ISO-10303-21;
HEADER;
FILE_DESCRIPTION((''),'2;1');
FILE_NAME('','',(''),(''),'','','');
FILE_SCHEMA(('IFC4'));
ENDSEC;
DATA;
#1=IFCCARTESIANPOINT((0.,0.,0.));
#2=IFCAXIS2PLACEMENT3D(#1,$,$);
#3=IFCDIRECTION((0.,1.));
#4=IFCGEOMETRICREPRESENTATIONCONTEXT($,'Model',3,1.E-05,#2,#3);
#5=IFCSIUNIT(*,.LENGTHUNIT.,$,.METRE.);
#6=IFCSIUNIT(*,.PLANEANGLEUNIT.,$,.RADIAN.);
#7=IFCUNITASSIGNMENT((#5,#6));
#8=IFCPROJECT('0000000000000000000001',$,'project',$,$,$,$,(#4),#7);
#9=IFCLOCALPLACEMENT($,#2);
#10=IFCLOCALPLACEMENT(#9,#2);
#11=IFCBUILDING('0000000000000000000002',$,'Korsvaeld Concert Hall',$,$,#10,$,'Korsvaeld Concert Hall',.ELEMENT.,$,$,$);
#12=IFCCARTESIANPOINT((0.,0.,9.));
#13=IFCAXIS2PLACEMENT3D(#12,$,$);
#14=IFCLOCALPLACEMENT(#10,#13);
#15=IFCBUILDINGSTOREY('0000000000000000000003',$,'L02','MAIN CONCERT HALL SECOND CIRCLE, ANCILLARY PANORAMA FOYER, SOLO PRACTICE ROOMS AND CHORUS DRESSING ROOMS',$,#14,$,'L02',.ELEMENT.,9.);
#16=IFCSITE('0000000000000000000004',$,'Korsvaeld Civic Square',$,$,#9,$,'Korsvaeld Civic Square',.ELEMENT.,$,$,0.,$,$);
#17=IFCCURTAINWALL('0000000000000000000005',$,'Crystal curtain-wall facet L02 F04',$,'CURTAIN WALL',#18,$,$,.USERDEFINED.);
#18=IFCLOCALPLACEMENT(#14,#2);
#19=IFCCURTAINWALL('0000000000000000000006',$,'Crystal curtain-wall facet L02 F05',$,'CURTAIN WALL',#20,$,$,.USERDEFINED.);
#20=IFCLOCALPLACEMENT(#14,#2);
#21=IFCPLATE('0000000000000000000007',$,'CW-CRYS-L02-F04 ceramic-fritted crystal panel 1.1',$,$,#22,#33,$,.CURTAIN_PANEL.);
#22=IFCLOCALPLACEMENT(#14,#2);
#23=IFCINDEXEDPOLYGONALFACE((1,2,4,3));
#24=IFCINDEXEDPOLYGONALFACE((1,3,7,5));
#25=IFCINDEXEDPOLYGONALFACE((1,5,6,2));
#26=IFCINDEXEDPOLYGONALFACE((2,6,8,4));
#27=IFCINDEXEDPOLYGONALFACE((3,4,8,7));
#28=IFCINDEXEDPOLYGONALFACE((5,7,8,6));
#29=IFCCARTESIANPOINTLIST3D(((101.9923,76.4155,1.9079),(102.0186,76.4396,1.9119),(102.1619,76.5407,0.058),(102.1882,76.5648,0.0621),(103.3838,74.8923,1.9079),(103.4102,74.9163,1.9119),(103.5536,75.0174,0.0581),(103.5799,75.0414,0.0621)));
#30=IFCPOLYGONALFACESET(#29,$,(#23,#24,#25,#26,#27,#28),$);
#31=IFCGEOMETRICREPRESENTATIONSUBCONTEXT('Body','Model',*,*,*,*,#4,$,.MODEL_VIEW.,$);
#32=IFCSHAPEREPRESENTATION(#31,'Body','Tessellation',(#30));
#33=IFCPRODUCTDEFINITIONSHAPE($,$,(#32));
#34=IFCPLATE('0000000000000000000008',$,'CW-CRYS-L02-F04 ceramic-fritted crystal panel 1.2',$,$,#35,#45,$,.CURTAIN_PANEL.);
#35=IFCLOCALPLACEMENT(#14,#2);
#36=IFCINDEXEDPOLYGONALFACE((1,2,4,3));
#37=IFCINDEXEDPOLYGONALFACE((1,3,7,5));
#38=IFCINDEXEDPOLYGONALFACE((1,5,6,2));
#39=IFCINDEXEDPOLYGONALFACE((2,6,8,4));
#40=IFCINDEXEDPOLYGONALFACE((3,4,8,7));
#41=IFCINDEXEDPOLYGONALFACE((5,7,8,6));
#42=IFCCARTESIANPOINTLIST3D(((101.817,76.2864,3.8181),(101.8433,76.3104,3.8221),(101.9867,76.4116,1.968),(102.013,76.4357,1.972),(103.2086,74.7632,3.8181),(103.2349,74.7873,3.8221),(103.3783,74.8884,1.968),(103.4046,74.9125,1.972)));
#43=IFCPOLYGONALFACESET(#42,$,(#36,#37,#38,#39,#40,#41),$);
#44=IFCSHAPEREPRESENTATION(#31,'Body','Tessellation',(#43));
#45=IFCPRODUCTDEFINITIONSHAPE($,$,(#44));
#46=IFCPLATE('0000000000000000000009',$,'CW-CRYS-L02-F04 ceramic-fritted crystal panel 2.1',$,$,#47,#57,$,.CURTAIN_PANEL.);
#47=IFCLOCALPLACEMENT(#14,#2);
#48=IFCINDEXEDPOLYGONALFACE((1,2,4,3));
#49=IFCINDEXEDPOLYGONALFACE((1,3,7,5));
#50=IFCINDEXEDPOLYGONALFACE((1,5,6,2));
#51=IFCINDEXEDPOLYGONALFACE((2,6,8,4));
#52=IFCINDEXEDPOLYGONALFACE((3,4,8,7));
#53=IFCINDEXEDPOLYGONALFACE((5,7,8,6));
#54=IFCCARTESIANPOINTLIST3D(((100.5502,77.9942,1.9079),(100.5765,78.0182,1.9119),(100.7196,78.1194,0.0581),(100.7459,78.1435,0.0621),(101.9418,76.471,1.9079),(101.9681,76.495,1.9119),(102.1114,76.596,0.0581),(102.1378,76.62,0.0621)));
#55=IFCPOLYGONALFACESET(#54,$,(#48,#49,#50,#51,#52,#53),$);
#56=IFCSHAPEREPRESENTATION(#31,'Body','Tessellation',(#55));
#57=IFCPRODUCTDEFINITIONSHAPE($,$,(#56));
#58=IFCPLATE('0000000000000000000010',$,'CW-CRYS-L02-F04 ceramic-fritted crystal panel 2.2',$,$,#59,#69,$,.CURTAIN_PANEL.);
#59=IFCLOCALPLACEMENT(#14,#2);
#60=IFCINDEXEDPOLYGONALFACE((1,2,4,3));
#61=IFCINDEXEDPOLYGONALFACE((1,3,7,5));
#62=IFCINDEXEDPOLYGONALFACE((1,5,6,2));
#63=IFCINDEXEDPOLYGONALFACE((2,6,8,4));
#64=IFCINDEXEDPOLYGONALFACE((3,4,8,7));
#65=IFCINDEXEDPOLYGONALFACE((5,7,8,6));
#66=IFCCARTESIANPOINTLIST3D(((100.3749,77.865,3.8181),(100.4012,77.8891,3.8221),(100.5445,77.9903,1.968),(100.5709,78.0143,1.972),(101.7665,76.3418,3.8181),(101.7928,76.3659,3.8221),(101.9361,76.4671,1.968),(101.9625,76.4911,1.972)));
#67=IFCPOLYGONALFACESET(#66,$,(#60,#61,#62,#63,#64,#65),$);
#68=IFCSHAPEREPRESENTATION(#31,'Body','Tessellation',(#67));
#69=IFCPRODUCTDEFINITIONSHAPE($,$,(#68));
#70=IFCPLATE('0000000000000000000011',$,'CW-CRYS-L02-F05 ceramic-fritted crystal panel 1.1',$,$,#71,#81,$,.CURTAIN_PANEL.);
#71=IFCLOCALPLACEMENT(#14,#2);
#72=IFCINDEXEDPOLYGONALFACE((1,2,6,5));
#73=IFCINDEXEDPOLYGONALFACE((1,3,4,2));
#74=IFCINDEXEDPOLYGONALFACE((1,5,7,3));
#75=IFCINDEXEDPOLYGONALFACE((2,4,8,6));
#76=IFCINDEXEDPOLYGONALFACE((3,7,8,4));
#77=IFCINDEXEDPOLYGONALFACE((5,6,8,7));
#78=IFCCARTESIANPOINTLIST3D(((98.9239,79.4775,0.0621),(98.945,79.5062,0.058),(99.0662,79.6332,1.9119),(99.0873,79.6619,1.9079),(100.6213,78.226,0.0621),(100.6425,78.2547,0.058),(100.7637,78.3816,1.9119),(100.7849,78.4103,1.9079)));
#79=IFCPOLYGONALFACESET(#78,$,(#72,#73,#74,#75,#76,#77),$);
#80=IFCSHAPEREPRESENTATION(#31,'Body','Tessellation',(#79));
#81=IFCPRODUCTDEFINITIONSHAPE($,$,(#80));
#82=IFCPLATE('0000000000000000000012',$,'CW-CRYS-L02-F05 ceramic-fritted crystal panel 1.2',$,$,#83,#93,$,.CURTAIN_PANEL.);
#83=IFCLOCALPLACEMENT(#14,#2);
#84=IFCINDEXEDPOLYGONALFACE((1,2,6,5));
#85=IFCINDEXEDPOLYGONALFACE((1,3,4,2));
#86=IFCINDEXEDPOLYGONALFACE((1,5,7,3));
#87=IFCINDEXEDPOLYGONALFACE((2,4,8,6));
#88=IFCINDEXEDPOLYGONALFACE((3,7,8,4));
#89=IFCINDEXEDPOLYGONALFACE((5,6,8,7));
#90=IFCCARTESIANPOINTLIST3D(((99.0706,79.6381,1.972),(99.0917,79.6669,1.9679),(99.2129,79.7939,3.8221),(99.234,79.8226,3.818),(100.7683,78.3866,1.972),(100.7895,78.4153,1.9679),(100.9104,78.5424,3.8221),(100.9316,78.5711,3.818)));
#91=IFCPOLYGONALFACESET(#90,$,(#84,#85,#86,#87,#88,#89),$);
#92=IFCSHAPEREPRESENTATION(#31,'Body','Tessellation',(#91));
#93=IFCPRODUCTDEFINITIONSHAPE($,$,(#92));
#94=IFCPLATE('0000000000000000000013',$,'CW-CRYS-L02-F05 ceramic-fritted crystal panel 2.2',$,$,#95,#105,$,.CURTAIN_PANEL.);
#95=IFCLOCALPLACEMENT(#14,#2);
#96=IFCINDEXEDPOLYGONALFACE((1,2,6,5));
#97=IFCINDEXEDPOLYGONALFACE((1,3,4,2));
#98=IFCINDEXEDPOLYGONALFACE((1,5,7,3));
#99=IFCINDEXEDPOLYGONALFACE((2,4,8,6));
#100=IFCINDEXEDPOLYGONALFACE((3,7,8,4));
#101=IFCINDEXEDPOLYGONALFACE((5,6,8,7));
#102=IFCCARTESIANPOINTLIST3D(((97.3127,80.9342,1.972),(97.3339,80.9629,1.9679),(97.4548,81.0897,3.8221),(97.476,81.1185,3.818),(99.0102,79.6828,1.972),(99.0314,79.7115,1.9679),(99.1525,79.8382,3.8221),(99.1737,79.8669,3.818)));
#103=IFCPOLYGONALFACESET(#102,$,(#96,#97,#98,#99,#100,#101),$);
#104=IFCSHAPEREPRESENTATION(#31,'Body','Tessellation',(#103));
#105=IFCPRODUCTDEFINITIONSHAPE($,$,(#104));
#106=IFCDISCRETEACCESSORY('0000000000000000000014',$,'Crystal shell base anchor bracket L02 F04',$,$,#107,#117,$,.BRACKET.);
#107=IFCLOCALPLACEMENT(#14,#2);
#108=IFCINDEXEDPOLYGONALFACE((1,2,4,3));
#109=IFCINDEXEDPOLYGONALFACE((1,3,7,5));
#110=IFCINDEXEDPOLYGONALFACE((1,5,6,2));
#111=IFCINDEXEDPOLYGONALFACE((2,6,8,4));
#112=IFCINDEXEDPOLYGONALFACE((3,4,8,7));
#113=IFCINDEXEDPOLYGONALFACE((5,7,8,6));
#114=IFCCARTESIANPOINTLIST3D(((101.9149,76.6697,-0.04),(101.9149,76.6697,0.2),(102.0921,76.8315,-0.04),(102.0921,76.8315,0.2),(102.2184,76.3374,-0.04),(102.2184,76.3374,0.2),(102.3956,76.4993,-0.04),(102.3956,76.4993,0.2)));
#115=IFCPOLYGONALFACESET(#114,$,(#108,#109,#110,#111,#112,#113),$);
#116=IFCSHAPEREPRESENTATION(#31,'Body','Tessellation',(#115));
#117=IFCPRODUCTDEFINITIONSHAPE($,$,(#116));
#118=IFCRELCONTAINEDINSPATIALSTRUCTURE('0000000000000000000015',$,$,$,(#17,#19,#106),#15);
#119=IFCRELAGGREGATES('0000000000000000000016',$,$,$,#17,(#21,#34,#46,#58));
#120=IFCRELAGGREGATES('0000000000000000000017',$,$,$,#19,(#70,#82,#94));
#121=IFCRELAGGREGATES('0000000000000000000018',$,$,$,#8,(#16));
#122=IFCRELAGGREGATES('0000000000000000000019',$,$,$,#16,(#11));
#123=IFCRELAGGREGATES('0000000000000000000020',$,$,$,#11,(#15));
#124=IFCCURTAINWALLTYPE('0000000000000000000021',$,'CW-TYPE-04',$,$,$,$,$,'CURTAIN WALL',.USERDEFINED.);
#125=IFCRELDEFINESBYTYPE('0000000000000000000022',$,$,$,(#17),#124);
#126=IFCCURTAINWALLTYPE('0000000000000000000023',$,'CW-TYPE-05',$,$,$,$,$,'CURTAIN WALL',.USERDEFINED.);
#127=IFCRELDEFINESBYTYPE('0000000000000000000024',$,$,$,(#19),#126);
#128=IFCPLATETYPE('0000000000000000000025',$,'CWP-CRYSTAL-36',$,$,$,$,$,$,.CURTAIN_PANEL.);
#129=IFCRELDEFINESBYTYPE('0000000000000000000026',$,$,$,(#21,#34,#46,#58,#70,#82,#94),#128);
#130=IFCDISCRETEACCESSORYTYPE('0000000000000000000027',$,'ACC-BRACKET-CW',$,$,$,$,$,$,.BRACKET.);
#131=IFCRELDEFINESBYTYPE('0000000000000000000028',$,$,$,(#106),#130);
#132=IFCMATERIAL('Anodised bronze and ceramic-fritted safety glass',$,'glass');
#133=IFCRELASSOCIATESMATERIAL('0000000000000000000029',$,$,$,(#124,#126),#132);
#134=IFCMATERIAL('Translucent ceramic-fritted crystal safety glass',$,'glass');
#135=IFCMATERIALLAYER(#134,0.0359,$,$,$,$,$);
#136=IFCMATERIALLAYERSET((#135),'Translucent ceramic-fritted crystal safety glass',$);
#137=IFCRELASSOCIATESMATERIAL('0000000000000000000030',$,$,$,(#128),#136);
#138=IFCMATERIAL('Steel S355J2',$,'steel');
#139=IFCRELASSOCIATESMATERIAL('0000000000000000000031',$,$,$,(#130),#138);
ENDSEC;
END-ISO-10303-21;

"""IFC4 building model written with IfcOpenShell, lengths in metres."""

from ifc_helpers import new_model, si_unit, direction, frame, origin, origin_2d, place, context, subcontext, project, spatial, polyline, rectangle, outline, extrude, material, layer, layer_set, type_object, element, aggregate, save


model = new_model("IFC4")

# Units and contexts
model_context = context("Model", 3, precision=1e-05, world=origin(), true_north=direction((0.0, 1.0)))
body_context = subcontext(model_context, "Body", "Model", "MODEL_VIEW")
ifc_project = project(units=[si_unit("LENGTHUNIT", "METRE"), si_unit("PLANEANGLEUNIT", "RADIAN")], contexts=[model_context])

# Site, building, storey
site_placement = place(None, origin())
site = spatial("IfcSite", under=ifc_project, at=site_placement, Name="Korsvaeld Civic Square", LongName="Korsvaeld Civic Square", CompositionType="ELEMENT", RefElevation=0.0)
building_placement = place(site_placement, origin())
building = spatial("IfcBuilding", under=site, at=building_placement, Name="Korsvaeld Concert Hall", LongName="Korsvaeld Concert Hall", CompositionType="ELEMENT")
storey_placement = place(building_placement, frame((0.0, 0.0, 9.0)))
storey = spatial("IfcBuildingStorey", under=building, at=storey_placement, Name="L02", Description="MAIN CONCERT HALL SECOND CIRCLE, ANCILLARY PANORAMA FOYER, SOLO PRACTICE ROOMS AND CHORUS DRESSING ROOMS", LongName="L02", CompositionType="ELEMENT", Elevation=9.0)

# Curtain wall
ifc_material_1 = material(Name="Anodised bronze and ceramic-fritted safety glass", Category="glass")
curtain_wall_type_1 = type_object("IfcCurtainWallType", Name="CW-TYPE-04", ElementType="CURTAIN WALL", PredefinedType="USERDEFINED", material=ifc_material_1)
curtain_wall_1_placement = place(storey_placement, origin())
curtain_wall_1 = element("IfcCurtainWall", 1, at=curtain_wall_1_placement, inside=storey, type_object=curtain_wall_type_1, Name="Crystal curtain-wall facet L02 F04", ObjectType="CURTAIN WALL", PredefinedType="USERDEFINED")

# Curtain wall
curtain_wall_type_2 = type_object("IfcCurtainWallType", Name="CW-TYPE-05", ElementType="CURTAIN WALL", PredefinedType="USERDEFINED", material=ifc_material_1)
curtain_wall_2_placement = place(storey_placement, origin())
curtain_wall_2 = element("IfcCurtainWall", 2, at=curtain_wall_2_placement, inside=storey, type_object=curtain_wall_type_2, Name="Crystal curtain-wall facet L02 F05", ObjectType="CURTAIN WALL", PredefinedType="USERDEFINED")

# Plates
ifc_material_2 = material(Name="Translucent ceramic-fritted crystal safety glass", Category="glass")
ifc_layer = layer(ifc_material_2, 0.0359)
ifc_layer_set = layer_set([ifc_layer], Name="Translucent ceramic-fritted crystal safety glass")
plate_type = type_object("IfcPlateType", Name="CWP-CRYSTAL-36", PredefinedType="CURTAIN_PANEL", material=ifc_layer_set)
plate_1_placement = place(storey_placement, frame((103.5667, 75.0293, 0.0601), z_axis=(0.733608, 0.670176, 0.11262), x_axis=(-0.674467, 0.738305, -0.000004)))
plate_1 = element("IfcPlate", 3, at=plate_1_placement, type_object=plate_type, Name="CW-CRYS-L02-F04 ceramic-fritted crystal panel 1.1", PredefinedType="CURTAIN_PANEL", context=body_context, shape_type="SweptSolid", body=[
    extrude(outline(polyline([(0.0, 0.0), (2.0634, 0.0), (2.0853, 1.8617), (0.0221, 1.8617), (0.0, 0.0)])), frame((0.0, 0.0, 0.0181)), (0.0, 0.0, -1.0), 0.0359),
])
plate_2_placement = place(storey_placement, frame((103.3914, 74.9004, 1.97), z_axis=(0.733579, 0.670203, 0.112649), x_axis=(-0.674497, 0.738278, 0.0)))
plate_2 = element("IfcPlate", 4, at=plate_2_placement, type_object=plate_type, Name="CW-CRYS-L02-F04 ceramic-fritted crystal panel 1.2", PredefinedType="CURTAIN_PANEL", context=body_context, shape_type="SweptSolid", body=[
    extrude(outline(polyline([(0.0, 0.0), (2.0632, 0.0), (2.0852, 1.8619), (0.022, 1.8619), (0.0, 0.0)])), frame((0.0, 0.0, 0.0181)), (0.0, 0.0, -1.0), 0.0359),
])
plate_3_placement = place(storey_placement, frame((102.1245, 76.6079, 0.0601), z_axis=(0.733583, 0.670212, 0.112572), x_axis=(-0.674499, 0.738275, 0.0)))
plate_3 = element("IfcPlate", 5, at=plate_3_placement, type_object=plate_type, Name="CW-CRYS-L02-F04 ceramic-fritted crystal panel 2.1", PredefinedType="CURTAIN_PANEL", context=body_context, shape_type="SweptSolid", body=[
    extrude(outline(polyline([(0.0, 0.0), (2.0635, 0.0), (2.0853, 1.8617), (0.0222, 1.8617), (0.0, 0.0)])), frame((0.0, 0.0, 0.0181)), (0.0, 0.0, -1.0), 0.0359),
])
plate_4_placement = place(storey_placement, frame((101.9492, 76.479, 1.97), z_axis=(0.733579, 0.670203, 0.112649), x_axis=(-0.674497, 0.738278, 0.0)))
plate_4 = element("IfcPlate", 6, at=plate_4_placement, type_object=plate_type, Name="CW-CRYS-L02-F04 ceramic-fritted crystal panel 2.2", PredefinedType="CURTAIN_PANEL", context=body_context, shape_type="SweptSolid", body=[
    extrude(outline(polyline([(0.0, 0.0), (2.0632, 0.0), (2.0852, 1.8619), (0.022, 1.8619), (0.0, 0.0)])), frame((0.0, 0.0, 0.0181)), (0.0, 0.0, -1.0), 0.0359),
])
aggregate(curtain_wall_1, [plate_1, plate_2, plate_3, plate_4])
plate_5_placement = place(storey_placement, frame((100.6318, 78.2402, 0.0601), z_axis=(0.589664, 0.799753, -0.112659), x_axis=(-0.804877, 0.593441, -0.000005)))
plate_5 = element("IfcPlate", 7, at=plate_5_placement, type_object=plate_type, Name="CW-CRYS-L02-F05 ceramic-fritted crystal panel 1.1", PredefinedType="CURTAIN_PANEL", context=body_context, shape_type="SweptSolid", body=[
    extrude(outline(polyline([(0.0, 0.0), (2.109, 0.0), (2.0868, 1.8617), (-0.0223, 1.8617), (0.0, 0.0)])), frame((0.0, 0.0, 0.0181)), (0.0, 0.0, -1.0), 0.0359),
])
plate_6_placement = place(storey_placement, frame((100.7788, 78.4009, 1.97), z_axis=(0.589599, 0.799801, -0.112657), x_axis=(-0.804925, 0.593376, -0.000004)))
plate_6 = element("IfcPlate", 8, at=plate_6_placement, type_object=plate_type, Name="CW-CRYS-L02-F05 ceramic-fritted crystal panel 1.2", PredefinedType="CURTAIN_PANEL", context=body_context, shape_type="SweptSolid", body=[
    extrude(outline(polyline([(0.0, 0.0), (2.1092, 0.0), (2.087, 1.862), (-0.022, 1.8619), (0.0, 0.0)])), frame((0.0, 0.0, 0.0181)), (0.0, 0.0, -1.0), 0.0359),
])
plate_7_placement = place(storey_placement, frame((99.0208, 79.697, 1.97), z_axis=(0.589606, 0.79981, -0.112553), x_axis=(-0.804925, 0.593377, 0.000004)))
plate_7 = element("IfcPlate", 9, at=plate_7_placement, type_object=plate_type, Name="CW-CRYS-L02-F05 ceramic-fritted crystal panel 2.2", PredefinedType="CURTAIN_PANEL", context=body_context, shape_type="SweptSolid", body=[
    extrude(outline(polyline([(0.0, 0.0), (2.109, 0.0), (2.0869, 1.8619), (-0.0223, 1.8619), (0.0, 0.0)])), frame((0.0, 0.0, 0.0181)), (0.0, 0.0, -1.0), 0.0359),
])
aggregate(curtain_wall_2, [plate_5, plate_6, plate_7])

# Discrete accessory
ifc_material_3 = material(Name="Steel S355J2", Category="steel")
discrete_accessory_type = type_object("IfcDiscreteAccessoryType", Name="ACC-BRACKET-CW", PredefinedType="BRACKET", material=ifc_material_3)
discrete_accessory_placement = place(storey_placement, frame((102.1553, 76.5845, -0.04), z_axis=(0.0, 0.0, 1.0), x_axis=(-0.674431, 0.738338, 0.0)))
element("IfcDiscreteAccessory", 10, at=discrete_accessory_placement, inside=storey, type_object=discrete_accessory_type, Name="Crystal shell base anchor bracket L02 F04", PredefinedType="BRACKET", context=body_context, shape_type="SweptSolid", body=[
    extrude(rectangle(XDim=0.45, YDim=0.24, at=origin_2d()), origin(), (0.0, 0.0, 1.0), 0.24),
])

save(model, "model.ifc")
